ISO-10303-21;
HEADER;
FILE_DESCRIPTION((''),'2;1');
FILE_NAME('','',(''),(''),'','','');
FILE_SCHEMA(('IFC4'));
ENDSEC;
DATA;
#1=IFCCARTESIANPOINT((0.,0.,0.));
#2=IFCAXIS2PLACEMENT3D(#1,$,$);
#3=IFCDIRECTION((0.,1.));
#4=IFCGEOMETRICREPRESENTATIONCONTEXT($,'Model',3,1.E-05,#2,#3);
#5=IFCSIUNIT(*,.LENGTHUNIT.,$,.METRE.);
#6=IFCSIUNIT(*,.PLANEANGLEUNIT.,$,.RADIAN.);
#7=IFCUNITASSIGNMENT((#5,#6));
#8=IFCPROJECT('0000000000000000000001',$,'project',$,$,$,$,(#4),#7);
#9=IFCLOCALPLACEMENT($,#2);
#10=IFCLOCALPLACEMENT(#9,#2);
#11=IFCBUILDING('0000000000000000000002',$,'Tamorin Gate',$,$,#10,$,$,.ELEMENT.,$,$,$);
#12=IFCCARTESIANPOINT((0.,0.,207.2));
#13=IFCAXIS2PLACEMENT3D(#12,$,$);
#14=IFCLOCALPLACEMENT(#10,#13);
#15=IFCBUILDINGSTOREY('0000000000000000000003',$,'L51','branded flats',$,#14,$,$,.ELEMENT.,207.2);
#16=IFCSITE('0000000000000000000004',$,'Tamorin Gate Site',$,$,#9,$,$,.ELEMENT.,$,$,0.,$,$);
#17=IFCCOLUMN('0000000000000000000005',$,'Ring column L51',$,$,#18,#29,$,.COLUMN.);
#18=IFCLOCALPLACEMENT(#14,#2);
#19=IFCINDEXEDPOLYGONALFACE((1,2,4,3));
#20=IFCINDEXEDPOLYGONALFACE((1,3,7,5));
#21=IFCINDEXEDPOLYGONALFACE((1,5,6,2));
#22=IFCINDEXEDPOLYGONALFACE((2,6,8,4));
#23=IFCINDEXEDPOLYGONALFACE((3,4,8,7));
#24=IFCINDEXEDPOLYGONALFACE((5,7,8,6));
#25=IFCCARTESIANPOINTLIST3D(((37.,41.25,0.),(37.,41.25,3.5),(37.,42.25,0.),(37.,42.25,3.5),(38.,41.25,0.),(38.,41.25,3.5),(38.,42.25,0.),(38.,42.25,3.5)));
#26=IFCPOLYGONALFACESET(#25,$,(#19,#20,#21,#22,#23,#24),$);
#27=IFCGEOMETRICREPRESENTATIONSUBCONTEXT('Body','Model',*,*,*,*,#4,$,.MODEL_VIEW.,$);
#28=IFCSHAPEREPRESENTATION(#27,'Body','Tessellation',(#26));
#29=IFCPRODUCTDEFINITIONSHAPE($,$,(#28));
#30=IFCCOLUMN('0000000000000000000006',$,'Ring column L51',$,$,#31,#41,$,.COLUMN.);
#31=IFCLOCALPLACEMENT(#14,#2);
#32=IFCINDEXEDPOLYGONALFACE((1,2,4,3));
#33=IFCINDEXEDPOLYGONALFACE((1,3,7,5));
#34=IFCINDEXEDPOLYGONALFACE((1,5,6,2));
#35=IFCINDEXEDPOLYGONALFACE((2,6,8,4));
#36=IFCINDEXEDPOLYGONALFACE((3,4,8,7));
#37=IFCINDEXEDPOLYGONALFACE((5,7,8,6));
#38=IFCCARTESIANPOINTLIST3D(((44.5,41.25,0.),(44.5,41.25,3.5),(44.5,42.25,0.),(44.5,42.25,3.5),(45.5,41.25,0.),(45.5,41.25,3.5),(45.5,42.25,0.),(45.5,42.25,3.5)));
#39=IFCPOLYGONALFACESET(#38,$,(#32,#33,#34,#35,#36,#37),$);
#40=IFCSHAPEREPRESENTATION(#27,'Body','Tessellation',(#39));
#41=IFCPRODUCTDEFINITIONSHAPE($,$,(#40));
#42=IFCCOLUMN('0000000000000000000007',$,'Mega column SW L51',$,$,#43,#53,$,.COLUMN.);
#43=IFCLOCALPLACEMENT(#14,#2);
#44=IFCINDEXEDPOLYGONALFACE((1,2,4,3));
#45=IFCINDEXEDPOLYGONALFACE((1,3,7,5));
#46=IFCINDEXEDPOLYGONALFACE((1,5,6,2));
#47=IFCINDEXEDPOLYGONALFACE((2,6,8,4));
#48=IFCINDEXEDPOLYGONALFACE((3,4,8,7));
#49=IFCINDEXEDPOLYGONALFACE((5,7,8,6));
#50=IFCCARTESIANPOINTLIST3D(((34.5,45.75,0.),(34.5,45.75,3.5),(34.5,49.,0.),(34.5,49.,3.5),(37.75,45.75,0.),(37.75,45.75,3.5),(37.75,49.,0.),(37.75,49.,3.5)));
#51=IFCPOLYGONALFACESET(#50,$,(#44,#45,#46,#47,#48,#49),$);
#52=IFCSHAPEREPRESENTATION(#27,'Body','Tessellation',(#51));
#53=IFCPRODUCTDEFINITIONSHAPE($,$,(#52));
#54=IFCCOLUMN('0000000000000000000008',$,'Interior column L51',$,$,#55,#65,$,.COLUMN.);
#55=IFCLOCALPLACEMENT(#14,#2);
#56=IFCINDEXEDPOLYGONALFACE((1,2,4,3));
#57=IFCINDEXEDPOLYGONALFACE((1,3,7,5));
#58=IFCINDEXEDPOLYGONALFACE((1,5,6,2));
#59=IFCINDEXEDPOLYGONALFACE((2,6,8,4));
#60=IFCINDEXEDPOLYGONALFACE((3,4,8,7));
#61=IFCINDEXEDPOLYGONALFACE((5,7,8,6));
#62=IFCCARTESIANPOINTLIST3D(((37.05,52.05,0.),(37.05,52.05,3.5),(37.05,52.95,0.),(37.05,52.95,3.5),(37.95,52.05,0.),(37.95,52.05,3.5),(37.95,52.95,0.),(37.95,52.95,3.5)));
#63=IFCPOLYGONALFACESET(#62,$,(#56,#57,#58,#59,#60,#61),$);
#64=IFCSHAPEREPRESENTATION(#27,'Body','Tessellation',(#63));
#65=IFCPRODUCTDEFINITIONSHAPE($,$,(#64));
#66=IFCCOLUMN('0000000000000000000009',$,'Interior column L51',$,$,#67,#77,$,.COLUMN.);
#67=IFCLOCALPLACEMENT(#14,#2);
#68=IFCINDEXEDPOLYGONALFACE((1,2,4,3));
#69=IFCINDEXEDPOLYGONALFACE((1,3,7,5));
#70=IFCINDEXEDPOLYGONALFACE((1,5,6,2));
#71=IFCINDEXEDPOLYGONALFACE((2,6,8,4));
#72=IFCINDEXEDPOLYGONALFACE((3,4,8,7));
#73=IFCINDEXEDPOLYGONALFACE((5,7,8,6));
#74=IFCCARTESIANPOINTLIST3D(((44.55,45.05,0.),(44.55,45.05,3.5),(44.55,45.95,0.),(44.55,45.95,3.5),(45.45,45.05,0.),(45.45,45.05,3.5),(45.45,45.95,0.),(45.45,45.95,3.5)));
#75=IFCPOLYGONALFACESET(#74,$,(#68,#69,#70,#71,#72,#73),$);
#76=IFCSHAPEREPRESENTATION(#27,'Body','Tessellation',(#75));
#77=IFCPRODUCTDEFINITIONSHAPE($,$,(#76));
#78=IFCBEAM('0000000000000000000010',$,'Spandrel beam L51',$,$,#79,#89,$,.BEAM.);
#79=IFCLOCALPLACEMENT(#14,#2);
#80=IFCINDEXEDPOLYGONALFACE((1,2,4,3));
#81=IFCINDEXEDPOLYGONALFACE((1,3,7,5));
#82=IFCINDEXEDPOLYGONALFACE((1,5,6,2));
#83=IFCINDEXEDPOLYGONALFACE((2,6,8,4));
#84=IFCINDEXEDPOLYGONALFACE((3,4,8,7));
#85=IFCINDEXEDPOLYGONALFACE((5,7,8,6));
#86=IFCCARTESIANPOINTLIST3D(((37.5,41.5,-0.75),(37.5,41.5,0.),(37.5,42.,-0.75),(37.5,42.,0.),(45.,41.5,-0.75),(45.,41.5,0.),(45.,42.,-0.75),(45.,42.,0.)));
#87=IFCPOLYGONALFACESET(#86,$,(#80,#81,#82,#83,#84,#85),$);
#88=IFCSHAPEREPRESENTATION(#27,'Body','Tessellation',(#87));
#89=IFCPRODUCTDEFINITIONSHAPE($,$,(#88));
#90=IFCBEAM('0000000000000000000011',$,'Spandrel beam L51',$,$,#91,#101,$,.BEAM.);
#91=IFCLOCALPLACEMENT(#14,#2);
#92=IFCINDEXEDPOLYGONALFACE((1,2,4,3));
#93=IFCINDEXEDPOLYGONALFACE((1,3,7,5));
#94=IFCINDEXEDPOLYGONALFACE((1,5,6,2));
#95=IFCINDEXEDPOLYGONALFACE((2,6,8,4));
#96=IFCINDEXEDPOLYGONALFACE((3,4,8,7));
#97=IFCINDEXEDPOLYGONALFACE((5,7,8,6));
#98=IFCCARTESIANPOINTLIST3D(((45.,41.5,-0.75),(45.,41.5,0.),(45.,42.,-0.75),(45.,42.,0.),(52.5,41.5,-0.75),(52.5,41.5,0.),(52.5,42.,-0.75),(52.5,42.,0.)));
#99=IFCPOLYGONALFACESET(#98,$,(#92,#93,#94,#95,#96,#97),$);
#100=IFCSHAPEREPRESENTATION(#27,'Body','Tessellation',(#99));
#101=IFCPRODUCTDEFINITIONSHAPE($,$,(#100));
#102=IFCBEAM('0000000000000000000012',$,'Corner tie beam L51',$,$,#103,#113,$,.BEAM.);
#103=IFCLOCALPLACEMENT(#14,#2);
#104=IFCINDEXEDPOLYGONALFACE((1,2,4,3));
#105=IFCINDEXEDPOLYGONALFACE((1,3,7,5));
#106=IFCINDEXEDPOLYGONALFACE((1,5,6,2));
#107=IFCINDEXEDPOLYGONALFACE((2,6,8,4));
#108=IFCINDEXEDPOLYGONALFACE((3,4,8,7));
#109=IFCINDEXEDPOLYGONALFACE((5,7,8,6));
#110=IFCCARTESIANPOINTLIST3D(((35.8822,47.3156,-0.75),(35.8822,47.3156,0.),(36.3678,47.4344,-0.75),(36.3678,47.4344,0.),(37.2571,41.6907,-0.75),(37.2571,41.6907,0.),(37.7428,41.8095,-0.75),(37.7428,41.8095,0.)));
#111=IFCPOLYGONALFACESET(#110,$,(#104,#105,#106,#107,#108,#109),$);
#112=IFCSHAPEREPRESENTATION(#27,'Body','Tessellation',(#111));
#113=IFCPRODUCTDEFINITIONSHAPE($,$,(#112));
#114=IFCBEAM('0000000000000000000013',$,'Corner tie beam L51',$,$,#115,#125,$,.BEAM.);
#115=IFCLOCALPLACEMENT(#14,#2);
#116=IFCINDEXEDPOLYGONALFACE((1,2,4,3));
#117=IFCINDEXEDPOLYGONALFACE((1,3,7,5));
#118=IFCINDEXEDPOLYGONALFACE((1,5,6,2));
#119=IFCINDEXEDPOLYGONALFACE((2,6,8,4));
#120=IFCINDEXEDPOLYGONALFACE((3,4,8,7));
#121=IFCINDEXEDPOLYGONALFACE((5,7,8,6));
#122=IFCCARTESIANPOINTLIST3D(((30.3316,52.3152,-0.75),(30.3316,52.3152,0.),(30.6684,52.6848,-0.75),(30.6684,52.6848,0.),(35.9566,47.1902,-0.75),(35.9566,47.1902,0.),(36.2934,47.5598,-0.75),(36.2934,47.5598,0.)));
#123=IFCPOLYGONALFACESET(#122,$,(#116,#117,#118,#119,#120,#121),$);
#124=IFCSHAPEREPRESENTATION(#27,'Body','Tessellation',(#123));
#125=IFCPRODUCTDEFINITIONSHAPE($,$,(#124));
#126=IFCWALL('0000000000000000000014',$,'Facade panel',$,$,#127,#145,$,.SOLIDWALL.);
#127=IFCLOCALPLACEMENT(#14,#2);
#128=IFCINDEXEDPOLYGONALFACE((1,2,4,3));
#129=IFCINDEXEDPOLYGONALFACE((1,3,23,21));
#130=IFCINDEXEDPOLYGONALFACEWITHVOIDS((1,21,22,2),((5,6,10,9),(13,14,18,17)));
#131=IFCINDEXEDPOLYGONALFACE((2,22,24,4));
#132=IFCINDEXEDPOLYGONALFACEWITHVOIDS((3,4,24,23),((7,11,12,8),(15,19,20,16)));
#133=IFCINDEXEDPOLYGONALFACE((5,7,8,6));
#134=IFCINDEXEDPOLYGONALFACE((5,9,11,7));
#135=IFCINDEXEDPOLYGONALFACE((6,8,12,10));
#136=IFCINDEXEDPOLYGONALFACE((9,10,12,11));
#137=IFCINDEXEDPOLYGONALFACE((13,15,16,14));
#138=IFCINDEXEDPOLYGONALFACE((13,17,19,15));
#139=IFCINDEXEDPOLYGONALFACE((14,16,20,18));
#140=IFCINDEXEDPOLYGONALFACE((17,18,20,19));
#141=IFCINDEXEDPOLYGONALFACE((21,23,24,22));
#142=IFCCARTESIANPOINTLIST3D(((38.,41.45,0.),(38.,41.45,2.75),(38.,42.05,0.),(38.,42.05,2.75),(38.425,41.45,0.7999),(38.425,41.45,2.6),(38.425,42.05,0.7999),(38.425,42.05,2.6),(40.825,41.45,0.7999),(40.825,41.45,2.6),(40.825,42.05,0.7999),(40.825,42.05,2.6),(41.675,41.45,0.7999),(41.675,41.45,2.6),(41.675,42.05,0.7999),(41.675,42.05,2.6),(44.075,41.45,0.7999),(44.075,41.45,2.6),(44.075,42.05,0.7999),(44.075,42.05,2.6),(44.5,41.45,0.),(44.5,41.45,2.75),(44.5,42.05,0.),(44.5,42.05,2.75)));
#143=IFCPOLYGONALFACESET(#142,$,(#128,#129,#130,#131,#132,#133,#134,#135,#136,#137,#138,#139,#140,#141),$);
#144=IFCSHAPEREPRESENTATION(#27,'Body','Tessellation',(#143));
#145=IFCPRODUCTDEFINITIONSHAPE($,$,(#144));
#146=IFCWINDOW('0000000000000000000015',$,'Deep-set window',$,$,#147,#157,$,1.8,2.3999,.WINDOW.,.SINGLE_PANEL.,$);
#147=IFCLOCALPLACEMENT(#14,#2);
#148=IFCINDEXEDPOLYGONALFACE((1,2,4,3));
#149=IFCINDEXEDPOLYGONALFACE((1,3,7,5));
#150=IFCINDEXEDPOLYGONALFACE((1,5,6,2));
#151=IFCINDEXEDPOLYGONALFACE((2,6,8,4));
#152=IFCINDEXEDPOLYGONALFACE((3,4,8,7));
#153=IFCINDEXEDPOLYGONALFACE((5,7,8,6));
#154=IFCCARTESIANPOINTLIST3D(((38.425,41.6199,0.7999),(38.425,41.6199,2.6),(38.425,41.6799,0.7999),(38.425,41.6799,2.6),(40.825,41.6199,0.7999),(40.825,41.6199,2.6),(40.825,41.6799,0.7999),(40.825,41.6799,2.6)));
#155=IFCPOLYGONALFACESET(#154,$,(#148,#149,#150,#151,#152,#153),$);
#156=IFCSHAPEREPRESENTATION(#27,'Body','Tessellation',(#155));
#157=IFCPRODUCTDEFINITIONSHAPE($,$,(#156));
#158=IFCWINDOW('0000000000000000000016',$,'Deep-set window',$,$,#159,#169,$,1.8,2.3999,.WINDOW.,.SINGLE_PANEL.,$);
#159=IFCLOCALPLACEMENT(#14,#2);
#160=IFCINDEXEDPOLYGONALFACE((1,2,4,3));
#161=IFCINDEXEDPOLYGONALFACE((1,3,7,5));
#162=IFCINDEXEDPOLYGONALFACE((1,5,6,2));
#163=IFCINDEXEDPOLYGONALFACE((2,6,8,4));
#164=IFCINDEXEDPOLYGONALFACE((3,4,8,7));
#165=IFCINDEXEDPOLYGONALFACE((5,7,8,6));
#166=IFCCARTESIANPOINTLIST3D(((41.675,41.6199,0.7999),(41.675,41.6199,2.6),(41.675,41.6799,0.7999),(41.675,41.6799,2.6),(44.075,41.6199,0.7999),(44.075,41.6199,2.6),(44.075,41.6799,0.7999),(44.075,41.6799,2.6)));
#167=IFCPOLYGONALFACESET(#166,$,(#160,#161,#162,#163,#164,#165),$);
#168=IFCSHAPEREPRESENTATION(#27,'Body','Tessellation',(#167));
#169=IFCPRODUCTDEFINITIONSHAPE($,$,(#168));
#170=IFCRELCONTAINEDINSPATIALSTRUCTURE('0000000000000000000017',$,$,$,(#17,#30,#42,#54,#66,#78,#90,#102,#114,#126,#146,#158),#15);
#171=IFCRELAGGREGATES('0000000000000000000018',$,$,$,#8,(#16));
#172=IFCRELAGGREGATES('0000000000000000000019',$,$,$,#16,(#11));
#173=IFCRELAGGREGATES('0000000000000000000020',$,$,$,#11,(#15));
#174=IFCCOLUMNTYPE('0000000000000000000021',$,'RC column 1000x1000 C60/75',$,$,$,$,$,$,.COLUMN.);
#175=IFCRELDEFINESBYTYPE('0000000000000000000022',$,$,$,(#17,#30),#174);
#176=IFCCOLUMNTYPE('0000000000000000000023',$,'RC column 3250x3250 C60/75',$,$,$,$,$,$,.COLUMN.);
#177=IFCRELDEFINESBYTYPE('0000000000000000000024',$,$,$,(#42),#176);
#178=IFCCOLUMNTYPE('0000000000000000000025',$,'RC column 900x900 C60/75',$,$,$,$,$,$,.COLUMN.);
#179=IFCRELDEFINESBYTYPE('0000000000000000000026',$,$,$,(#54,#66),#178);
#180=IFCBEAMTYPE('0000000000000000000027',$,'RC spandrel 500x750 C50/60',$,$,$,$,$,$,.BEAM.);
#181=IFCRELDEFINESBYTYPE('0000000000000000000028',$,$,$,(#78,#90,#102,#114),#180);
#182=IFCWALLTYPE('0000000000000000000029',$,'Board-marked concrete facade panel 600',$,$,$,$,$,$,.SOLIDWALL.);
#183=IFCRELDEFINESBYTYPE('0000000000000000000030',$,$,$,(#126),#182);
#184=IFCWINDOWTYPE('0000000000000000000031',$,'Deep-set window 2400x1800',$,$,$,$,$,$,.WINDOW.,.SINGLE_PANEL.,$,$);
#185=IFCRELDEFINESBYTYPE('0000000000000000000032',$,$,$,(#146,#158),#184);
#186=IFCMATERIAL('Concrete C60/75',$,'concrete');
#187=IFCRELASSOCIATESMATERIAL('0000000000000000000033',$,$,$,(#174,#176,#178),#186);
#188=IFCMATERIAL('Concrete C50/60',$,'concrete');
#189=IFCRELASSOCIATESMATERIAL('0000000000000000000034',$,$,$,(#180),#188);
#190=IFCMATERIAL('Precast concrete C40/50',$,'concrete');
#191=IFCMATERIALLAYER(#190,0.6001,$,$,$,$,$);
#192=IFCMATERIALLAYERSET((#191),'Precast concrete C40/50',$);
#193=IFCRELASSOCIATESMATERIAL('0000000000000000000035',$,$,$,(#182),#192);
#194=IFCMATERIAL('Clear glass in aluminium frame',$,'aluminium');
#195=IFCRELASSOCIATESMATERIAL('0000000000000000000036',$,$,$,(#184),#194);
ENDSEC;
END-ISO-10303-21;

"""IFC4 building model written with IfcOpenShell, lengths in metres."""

from ifc_helpers import new_model, si_unit, direction, frame, frame_2d, origin, origin_2d, place, context, subcontext, project, spatial, rectangle, extrude, material, layer, layer_set, material_profile, profile_set, type_object, element, fill, save


model = new_model("IFC4")

# Units and contexts
model_context = context("Model", 3, precision=1e-05, world=origin(), true_north=direction((0.0, 1.0)))
body_context = subcontext(model_context, "Body", "Model", "MODEL_VIEW")
ifc_project = project(units=[si_unit("LENGTHUNIT", "METRE"), si_unit("PLANEANGLEUNIT", "RADIAN")], contexts=[model_context])

# Site, building, storey
site_placement = place(None, origin())
site = spatial("IfcSite", under=ifc_project, at=site_placement, Name="Tamorin Gate Site", CompositionType="ELEMENT", RefElevation=0.0)
building_placement = place(site_placement, origin())
building = spatial("IfcBuilding", under=site, at=building_placement, Name="Tamorin Gate", CompositionType="ELEMENT")
storey_placement = place(building_placement, frame((0.0, 0.0, 207.2)))
storey = spatial("IfcBuildingStorey", under=building, at=storey_placement, Name="L51", Description="branded flats", CompositionType="ELEMENT", Elevation=207.2)

# Columns
ifc_material_1 = material(Name="Concrete C60/75", Category="concrete")
ifc_material_profile_1 = material_profile(ifc_material_1, rectangle(XDim=1.0, YDim=1.0, at=origin_2d()), Name="RC 1000x1000")
ifc_profile_set_1 = profile_set([ifc_material_profile_1], Name="Concrete C60/75")
column_type_1 = type_object("IfcColumnType", Name="RC column 1000x1000 C60/75", PredefinedType="COLUMN", material=ifc_profile_set_1)
for number, where, z_axis, x_axis, name in (
    (1, (37.5, 41.75, 0.0), (0.0, 0.0, 1.0), (1.0, 0.0, 0.0), "Ring column L51"),
    (2, (45.0, 41.75, 0.0), (0.0, 0.0, 1.0), (1.0, 0.0, 0.0), "Ring column L51"),
):
    element("IfcColumn", number, at=place(storey_placement, frame(where, z_axis=z_axis, x_axis=x_axis)), inside=storey, type_object=column_type_1, Name=name, PredefinedType="COLUMN", context=body_context, shape_type="SweptSolid", body=[
        extrude(rectangle(XDim=1.0, YDim=1.0, at=origin_2d()), origin(), (0.0, 0.0, 1.0), 3.5),
    ])
ifc_material_profile_2 = material_profile(ifc_material_1, rectangle(XDim=3.25, YDim=3.25, at=origin_2d()), Name="RC 3250x3250")
ifc_profile_set_2 = profile_set([ifc_material_profile_2], Name="Concrete C60/75")
column_type_2 = type_object("IfcColumnType", Name="RC column 3250x3250 C60/75", PredefinedType="COLUMN", material=ifc_profile_set_2)
column_placement = place(storey_placement, frame((36.125, 47.375, 0.0), z_axis=(0.0, 0.0, 1.0), x_axis=(1.0, 0.0, 0.0)))
element("IfcColumn", 3, at=column_placement, inside=storey, type_object=column_type_2, Name="Mega column SW L51", PredefinedType="COLUMN", context=body_context, shape_type="SweptSolid", body=[
    extrude(rectangle(XDim=3.25, YDim=3.25, at=origin_2d()), origin(), (0.0, 0.0, 1.0), 3.5),
])
ifc_material_profile_3 = material_profile(ifc_material_1, rectangle(XDim=0.8999, YDim=0.8999, at=origin_2d()), Name="RC 900x900")
ifc_profile_set_3 = profile_set([ifc_material_profile_3], Name="Concrete C60/75")
column_type_3 = type_object("IfcColumnType", Name="RC column 900x900 C60/75", PredefinedType="COLUMN", material=ifc_profile_set_3)
for number, where, z_axis, x_axis, name in (
    (4, (37.5, 52.5, 0.0), (0.0, 0.0, 1.0), (1.0, 0.0, 0.0), "Interior column L51"),
    (5, (45.0, 45.5, 0.0), (0.0, 0.0, 1.0), (1.0, 0.0, 0.0), "Interior column L51"),
):
    element("IfcColumn", number, at=place(storey_placement, frame(where, z_axis=z_axis, x_axis=x_axis)), inside=storey, type_object=column_type_3, Name=name, PredefinedType="COLUMN", context=body_context, shape_type="SweptSolid", body=[
        extrude(rectangle(XDim=0.8999, YDim=0.8999, at=origin_2d()), origin(), (0.0, 0.0, 1.0), 3.5),
    ])

# Beams
ifc_material_2 = material(Name="Concrete C50/60", Category="concrete")
ifc_material_profile_4 = material_profile(ifc_material_2, rectangle(XDim=0.5, YDim=0.75, at=origin_2d()), Name="RC 500x750")
ifc_profile_set_4 = profile_set([ifc_material_profile_4], Name="Concrete C50/60")
beam_type = type_object("IfcBeamType", Name="RC spandrel 500x750 C50/60", PredefinedType="BEAM", material=ifc_profile_set_4)
for number, where, z_axis, x_axis, name in (
    (6, (37.5, 41.75, -0.375), (1.0, 0.0, 0.0), (0.0, 1.0, 0.0), "Spandrel beam L51"),
    (7, (45.0, 41.75, -0.375), (1.0, 0.0, 0.0), (0.0, 1.0, 0.0), "Spandrel beam L51"),
):
    element("IfcBeam", number, at=place(storey_placement, frame(where, z_axis=z_axis, x_axis=x_axis)), inside=storey, type_object=beam_type, Name=name, PredefinedType="BEAM", context=body_context, shape_type="SweptSolid", body=[
        extrude(rectangle(XDim=0.5, YDim=0.75, at=origin_2d()), origin(), (0.0, 0.0, 1.0), 7.5),
    ])
beam_1_placement = place(storey_placement, frame((36.125, 47.375, -0.375), z_axis=(0.237453, -0.971399, 0.0), x_axis=(0.971399, 0.237453, 0.0)))
element("IfcBeam", 8, at=beam_1_placement, inside=storey, type_object=beam_type, Name="Corner tie beam L51", PredefinedType="BEAM", context=body_context, shape_type="SweptSolid", body=[
    extrude(rectangle(XDim=0.5, YDim=0.75, at=origin_2d()), origin(), (0.0, 0.0, 1.0), 5.7905),
])
beam_2_placement = place(storey_placement, frame((36.125, 47.375, -0.375), z_axis=(-0.739196, 0.67349, 0.0), x_axis=(-0.67349, -0.739196, 0.0)))
element("IfcBeam", 9, at=beam_2_placement, inside=storey, type_object=beam_type, Name="Corner tie beam L51", PredefinedType="BEAM", context=body_context, shape_type="SweptSolid", body=[
    extrude(rectangle(XDim=0.5, YDim=0.75, at=origin_2d()), origin(), (0.0, 0.0, 1.0), 7.6096),
])

# Wall, openings, windows
ifc_material_3 = material(Name="Precast concrete C40/50", Category="concrete")
ifc_layer_1 = layer(ifc_material_3, 0.6001)
ifc_layer_set_1 = layer_set([ifc_layer_1], Name="Precast concrete C40/50")
wall_type_1 = type_object("IfcWallType", Name="Board-marked concrete facade panel 600", PredefinedType="SOLIDWALL", material=ifc_layer_set_1)
wall_1_placement = place(storey_placement, frame((38.0, 41.75, 0.0), z_axis=(0.0, 0.0, 1.0), x_axis=(1.0, 0.0, 0.0)))
wall_1 = element("IfcWall", 10, at=wall_1_placement, inside=storey, type_object=wall_type_1, Name="Facade panel", PredefinedType="SOLIDWALL", context=body_context, shape_type="SweptSolid", body=[
    extrude(rectangle(XDim=6.5, YDim=0.6001, at=frame_2d((3.25, 0.0))), origin(), (0.0, 0.0, 1.0), 2.75),
])
opening_1_placement = place(wall_1_placement, frame((0.425, 0.0, 0.8)))
opening_1 = element("IfcOpeningElement", 11, at=opening_1_placement, cuts=wall_1, PredefinedType="OPENING", context=body_context, shape_type="SweptSolid", body=[
    extrude(rectangle(XDim=2.3999, YDim=1.8, at=frame_2d((1.2, 0.8999))), frame((0.0, 0.3101, 0.0), z_axis=(0.0, -1.0, 0.0), x_axis=(1.0, 0.0, 0.0)), (0.0, 0.0, 1.0), 0.6201),
])
opening_2_placement = place(wall_1_placement, frame((3.675, 0.0, 0.8)))
opening_2 = element("IfcOpeningElement", 12, at=opening_2_placement, cuts=wall_1, PredefinedType="OPENING", context=body_context, shape_type="SweptSolid", body=[
    extrude(rectangle(XDim=2.3999, YDim=1.8, at=frame_2d((1.2, 0.8999))), frame((0.0, 0.3101, 0.0), z_axis=(0.0, -1.0, 0.0), x_axis=(1.0, 0.0, 0.0)), (0.0, 0.0, 1.0), 0.6201),
])
ifc_material_4 = material(Name="Clear glass in aluminium frame", Category="aluminium")
window_type = type_object("IfcWindowType", Name="Deep-set window 2400x1800", PartitioningType="SINGLE_PANEL", PredefinedType="WINDOW", material=ifc_material_4)
window_1_placement = place(opening_1_placement, origin())
window_1 = element("IfcWindow", 13, at=window_1_placement, inside=storey, type_object=window_type, Name="Deep-set window", OverallHeight=1.8, OverallWidth=2.3999, PartitioningType="SINGLE_PANEL", PredefinedType="WINDOW", context=body_context, shape_type="SweptSolid", body=[
    extrude(rectangle(XDim=2.3999, YDim=1.8, at=frame_2d((1.2, 0.8999))), frame((0.0, -0.0701, 0.0), z_axis=(0.0, -1.0, 0.0), x_axis=(1.0, 0.0, 0.0)), (0.0, 0.0, 1.0), 0.0601),
])
fill(opening_1, window_1)
window_2_placement = place(opening_2_placement, origin())
window_2 = element("IfcWindow", 14, at=window_2_placement, inside=storey, type_object=window_type, Name="Deep-set window", OverallHeight=1.8, OverallWidth=2.3999, PartitioningType="SINGLE_PANEL", PredefinedType="WINDOW", context=body_context, shape_type="SweptSolid", body=[
    extrude(rectangle(XDim=2.3999, YDim=1.8, at=frame_2d((1.2, 0.8999))), frame((0.0, -0.0701, 0.0), z_axis=(0.0, -1.0, 0.0), x_axis=(1.0, 0.0, 0.0)), (0.0, 0.0, 1.0), 0.0601),
])
fill(opening_2, window_2)

save(model, "model.ifc")
